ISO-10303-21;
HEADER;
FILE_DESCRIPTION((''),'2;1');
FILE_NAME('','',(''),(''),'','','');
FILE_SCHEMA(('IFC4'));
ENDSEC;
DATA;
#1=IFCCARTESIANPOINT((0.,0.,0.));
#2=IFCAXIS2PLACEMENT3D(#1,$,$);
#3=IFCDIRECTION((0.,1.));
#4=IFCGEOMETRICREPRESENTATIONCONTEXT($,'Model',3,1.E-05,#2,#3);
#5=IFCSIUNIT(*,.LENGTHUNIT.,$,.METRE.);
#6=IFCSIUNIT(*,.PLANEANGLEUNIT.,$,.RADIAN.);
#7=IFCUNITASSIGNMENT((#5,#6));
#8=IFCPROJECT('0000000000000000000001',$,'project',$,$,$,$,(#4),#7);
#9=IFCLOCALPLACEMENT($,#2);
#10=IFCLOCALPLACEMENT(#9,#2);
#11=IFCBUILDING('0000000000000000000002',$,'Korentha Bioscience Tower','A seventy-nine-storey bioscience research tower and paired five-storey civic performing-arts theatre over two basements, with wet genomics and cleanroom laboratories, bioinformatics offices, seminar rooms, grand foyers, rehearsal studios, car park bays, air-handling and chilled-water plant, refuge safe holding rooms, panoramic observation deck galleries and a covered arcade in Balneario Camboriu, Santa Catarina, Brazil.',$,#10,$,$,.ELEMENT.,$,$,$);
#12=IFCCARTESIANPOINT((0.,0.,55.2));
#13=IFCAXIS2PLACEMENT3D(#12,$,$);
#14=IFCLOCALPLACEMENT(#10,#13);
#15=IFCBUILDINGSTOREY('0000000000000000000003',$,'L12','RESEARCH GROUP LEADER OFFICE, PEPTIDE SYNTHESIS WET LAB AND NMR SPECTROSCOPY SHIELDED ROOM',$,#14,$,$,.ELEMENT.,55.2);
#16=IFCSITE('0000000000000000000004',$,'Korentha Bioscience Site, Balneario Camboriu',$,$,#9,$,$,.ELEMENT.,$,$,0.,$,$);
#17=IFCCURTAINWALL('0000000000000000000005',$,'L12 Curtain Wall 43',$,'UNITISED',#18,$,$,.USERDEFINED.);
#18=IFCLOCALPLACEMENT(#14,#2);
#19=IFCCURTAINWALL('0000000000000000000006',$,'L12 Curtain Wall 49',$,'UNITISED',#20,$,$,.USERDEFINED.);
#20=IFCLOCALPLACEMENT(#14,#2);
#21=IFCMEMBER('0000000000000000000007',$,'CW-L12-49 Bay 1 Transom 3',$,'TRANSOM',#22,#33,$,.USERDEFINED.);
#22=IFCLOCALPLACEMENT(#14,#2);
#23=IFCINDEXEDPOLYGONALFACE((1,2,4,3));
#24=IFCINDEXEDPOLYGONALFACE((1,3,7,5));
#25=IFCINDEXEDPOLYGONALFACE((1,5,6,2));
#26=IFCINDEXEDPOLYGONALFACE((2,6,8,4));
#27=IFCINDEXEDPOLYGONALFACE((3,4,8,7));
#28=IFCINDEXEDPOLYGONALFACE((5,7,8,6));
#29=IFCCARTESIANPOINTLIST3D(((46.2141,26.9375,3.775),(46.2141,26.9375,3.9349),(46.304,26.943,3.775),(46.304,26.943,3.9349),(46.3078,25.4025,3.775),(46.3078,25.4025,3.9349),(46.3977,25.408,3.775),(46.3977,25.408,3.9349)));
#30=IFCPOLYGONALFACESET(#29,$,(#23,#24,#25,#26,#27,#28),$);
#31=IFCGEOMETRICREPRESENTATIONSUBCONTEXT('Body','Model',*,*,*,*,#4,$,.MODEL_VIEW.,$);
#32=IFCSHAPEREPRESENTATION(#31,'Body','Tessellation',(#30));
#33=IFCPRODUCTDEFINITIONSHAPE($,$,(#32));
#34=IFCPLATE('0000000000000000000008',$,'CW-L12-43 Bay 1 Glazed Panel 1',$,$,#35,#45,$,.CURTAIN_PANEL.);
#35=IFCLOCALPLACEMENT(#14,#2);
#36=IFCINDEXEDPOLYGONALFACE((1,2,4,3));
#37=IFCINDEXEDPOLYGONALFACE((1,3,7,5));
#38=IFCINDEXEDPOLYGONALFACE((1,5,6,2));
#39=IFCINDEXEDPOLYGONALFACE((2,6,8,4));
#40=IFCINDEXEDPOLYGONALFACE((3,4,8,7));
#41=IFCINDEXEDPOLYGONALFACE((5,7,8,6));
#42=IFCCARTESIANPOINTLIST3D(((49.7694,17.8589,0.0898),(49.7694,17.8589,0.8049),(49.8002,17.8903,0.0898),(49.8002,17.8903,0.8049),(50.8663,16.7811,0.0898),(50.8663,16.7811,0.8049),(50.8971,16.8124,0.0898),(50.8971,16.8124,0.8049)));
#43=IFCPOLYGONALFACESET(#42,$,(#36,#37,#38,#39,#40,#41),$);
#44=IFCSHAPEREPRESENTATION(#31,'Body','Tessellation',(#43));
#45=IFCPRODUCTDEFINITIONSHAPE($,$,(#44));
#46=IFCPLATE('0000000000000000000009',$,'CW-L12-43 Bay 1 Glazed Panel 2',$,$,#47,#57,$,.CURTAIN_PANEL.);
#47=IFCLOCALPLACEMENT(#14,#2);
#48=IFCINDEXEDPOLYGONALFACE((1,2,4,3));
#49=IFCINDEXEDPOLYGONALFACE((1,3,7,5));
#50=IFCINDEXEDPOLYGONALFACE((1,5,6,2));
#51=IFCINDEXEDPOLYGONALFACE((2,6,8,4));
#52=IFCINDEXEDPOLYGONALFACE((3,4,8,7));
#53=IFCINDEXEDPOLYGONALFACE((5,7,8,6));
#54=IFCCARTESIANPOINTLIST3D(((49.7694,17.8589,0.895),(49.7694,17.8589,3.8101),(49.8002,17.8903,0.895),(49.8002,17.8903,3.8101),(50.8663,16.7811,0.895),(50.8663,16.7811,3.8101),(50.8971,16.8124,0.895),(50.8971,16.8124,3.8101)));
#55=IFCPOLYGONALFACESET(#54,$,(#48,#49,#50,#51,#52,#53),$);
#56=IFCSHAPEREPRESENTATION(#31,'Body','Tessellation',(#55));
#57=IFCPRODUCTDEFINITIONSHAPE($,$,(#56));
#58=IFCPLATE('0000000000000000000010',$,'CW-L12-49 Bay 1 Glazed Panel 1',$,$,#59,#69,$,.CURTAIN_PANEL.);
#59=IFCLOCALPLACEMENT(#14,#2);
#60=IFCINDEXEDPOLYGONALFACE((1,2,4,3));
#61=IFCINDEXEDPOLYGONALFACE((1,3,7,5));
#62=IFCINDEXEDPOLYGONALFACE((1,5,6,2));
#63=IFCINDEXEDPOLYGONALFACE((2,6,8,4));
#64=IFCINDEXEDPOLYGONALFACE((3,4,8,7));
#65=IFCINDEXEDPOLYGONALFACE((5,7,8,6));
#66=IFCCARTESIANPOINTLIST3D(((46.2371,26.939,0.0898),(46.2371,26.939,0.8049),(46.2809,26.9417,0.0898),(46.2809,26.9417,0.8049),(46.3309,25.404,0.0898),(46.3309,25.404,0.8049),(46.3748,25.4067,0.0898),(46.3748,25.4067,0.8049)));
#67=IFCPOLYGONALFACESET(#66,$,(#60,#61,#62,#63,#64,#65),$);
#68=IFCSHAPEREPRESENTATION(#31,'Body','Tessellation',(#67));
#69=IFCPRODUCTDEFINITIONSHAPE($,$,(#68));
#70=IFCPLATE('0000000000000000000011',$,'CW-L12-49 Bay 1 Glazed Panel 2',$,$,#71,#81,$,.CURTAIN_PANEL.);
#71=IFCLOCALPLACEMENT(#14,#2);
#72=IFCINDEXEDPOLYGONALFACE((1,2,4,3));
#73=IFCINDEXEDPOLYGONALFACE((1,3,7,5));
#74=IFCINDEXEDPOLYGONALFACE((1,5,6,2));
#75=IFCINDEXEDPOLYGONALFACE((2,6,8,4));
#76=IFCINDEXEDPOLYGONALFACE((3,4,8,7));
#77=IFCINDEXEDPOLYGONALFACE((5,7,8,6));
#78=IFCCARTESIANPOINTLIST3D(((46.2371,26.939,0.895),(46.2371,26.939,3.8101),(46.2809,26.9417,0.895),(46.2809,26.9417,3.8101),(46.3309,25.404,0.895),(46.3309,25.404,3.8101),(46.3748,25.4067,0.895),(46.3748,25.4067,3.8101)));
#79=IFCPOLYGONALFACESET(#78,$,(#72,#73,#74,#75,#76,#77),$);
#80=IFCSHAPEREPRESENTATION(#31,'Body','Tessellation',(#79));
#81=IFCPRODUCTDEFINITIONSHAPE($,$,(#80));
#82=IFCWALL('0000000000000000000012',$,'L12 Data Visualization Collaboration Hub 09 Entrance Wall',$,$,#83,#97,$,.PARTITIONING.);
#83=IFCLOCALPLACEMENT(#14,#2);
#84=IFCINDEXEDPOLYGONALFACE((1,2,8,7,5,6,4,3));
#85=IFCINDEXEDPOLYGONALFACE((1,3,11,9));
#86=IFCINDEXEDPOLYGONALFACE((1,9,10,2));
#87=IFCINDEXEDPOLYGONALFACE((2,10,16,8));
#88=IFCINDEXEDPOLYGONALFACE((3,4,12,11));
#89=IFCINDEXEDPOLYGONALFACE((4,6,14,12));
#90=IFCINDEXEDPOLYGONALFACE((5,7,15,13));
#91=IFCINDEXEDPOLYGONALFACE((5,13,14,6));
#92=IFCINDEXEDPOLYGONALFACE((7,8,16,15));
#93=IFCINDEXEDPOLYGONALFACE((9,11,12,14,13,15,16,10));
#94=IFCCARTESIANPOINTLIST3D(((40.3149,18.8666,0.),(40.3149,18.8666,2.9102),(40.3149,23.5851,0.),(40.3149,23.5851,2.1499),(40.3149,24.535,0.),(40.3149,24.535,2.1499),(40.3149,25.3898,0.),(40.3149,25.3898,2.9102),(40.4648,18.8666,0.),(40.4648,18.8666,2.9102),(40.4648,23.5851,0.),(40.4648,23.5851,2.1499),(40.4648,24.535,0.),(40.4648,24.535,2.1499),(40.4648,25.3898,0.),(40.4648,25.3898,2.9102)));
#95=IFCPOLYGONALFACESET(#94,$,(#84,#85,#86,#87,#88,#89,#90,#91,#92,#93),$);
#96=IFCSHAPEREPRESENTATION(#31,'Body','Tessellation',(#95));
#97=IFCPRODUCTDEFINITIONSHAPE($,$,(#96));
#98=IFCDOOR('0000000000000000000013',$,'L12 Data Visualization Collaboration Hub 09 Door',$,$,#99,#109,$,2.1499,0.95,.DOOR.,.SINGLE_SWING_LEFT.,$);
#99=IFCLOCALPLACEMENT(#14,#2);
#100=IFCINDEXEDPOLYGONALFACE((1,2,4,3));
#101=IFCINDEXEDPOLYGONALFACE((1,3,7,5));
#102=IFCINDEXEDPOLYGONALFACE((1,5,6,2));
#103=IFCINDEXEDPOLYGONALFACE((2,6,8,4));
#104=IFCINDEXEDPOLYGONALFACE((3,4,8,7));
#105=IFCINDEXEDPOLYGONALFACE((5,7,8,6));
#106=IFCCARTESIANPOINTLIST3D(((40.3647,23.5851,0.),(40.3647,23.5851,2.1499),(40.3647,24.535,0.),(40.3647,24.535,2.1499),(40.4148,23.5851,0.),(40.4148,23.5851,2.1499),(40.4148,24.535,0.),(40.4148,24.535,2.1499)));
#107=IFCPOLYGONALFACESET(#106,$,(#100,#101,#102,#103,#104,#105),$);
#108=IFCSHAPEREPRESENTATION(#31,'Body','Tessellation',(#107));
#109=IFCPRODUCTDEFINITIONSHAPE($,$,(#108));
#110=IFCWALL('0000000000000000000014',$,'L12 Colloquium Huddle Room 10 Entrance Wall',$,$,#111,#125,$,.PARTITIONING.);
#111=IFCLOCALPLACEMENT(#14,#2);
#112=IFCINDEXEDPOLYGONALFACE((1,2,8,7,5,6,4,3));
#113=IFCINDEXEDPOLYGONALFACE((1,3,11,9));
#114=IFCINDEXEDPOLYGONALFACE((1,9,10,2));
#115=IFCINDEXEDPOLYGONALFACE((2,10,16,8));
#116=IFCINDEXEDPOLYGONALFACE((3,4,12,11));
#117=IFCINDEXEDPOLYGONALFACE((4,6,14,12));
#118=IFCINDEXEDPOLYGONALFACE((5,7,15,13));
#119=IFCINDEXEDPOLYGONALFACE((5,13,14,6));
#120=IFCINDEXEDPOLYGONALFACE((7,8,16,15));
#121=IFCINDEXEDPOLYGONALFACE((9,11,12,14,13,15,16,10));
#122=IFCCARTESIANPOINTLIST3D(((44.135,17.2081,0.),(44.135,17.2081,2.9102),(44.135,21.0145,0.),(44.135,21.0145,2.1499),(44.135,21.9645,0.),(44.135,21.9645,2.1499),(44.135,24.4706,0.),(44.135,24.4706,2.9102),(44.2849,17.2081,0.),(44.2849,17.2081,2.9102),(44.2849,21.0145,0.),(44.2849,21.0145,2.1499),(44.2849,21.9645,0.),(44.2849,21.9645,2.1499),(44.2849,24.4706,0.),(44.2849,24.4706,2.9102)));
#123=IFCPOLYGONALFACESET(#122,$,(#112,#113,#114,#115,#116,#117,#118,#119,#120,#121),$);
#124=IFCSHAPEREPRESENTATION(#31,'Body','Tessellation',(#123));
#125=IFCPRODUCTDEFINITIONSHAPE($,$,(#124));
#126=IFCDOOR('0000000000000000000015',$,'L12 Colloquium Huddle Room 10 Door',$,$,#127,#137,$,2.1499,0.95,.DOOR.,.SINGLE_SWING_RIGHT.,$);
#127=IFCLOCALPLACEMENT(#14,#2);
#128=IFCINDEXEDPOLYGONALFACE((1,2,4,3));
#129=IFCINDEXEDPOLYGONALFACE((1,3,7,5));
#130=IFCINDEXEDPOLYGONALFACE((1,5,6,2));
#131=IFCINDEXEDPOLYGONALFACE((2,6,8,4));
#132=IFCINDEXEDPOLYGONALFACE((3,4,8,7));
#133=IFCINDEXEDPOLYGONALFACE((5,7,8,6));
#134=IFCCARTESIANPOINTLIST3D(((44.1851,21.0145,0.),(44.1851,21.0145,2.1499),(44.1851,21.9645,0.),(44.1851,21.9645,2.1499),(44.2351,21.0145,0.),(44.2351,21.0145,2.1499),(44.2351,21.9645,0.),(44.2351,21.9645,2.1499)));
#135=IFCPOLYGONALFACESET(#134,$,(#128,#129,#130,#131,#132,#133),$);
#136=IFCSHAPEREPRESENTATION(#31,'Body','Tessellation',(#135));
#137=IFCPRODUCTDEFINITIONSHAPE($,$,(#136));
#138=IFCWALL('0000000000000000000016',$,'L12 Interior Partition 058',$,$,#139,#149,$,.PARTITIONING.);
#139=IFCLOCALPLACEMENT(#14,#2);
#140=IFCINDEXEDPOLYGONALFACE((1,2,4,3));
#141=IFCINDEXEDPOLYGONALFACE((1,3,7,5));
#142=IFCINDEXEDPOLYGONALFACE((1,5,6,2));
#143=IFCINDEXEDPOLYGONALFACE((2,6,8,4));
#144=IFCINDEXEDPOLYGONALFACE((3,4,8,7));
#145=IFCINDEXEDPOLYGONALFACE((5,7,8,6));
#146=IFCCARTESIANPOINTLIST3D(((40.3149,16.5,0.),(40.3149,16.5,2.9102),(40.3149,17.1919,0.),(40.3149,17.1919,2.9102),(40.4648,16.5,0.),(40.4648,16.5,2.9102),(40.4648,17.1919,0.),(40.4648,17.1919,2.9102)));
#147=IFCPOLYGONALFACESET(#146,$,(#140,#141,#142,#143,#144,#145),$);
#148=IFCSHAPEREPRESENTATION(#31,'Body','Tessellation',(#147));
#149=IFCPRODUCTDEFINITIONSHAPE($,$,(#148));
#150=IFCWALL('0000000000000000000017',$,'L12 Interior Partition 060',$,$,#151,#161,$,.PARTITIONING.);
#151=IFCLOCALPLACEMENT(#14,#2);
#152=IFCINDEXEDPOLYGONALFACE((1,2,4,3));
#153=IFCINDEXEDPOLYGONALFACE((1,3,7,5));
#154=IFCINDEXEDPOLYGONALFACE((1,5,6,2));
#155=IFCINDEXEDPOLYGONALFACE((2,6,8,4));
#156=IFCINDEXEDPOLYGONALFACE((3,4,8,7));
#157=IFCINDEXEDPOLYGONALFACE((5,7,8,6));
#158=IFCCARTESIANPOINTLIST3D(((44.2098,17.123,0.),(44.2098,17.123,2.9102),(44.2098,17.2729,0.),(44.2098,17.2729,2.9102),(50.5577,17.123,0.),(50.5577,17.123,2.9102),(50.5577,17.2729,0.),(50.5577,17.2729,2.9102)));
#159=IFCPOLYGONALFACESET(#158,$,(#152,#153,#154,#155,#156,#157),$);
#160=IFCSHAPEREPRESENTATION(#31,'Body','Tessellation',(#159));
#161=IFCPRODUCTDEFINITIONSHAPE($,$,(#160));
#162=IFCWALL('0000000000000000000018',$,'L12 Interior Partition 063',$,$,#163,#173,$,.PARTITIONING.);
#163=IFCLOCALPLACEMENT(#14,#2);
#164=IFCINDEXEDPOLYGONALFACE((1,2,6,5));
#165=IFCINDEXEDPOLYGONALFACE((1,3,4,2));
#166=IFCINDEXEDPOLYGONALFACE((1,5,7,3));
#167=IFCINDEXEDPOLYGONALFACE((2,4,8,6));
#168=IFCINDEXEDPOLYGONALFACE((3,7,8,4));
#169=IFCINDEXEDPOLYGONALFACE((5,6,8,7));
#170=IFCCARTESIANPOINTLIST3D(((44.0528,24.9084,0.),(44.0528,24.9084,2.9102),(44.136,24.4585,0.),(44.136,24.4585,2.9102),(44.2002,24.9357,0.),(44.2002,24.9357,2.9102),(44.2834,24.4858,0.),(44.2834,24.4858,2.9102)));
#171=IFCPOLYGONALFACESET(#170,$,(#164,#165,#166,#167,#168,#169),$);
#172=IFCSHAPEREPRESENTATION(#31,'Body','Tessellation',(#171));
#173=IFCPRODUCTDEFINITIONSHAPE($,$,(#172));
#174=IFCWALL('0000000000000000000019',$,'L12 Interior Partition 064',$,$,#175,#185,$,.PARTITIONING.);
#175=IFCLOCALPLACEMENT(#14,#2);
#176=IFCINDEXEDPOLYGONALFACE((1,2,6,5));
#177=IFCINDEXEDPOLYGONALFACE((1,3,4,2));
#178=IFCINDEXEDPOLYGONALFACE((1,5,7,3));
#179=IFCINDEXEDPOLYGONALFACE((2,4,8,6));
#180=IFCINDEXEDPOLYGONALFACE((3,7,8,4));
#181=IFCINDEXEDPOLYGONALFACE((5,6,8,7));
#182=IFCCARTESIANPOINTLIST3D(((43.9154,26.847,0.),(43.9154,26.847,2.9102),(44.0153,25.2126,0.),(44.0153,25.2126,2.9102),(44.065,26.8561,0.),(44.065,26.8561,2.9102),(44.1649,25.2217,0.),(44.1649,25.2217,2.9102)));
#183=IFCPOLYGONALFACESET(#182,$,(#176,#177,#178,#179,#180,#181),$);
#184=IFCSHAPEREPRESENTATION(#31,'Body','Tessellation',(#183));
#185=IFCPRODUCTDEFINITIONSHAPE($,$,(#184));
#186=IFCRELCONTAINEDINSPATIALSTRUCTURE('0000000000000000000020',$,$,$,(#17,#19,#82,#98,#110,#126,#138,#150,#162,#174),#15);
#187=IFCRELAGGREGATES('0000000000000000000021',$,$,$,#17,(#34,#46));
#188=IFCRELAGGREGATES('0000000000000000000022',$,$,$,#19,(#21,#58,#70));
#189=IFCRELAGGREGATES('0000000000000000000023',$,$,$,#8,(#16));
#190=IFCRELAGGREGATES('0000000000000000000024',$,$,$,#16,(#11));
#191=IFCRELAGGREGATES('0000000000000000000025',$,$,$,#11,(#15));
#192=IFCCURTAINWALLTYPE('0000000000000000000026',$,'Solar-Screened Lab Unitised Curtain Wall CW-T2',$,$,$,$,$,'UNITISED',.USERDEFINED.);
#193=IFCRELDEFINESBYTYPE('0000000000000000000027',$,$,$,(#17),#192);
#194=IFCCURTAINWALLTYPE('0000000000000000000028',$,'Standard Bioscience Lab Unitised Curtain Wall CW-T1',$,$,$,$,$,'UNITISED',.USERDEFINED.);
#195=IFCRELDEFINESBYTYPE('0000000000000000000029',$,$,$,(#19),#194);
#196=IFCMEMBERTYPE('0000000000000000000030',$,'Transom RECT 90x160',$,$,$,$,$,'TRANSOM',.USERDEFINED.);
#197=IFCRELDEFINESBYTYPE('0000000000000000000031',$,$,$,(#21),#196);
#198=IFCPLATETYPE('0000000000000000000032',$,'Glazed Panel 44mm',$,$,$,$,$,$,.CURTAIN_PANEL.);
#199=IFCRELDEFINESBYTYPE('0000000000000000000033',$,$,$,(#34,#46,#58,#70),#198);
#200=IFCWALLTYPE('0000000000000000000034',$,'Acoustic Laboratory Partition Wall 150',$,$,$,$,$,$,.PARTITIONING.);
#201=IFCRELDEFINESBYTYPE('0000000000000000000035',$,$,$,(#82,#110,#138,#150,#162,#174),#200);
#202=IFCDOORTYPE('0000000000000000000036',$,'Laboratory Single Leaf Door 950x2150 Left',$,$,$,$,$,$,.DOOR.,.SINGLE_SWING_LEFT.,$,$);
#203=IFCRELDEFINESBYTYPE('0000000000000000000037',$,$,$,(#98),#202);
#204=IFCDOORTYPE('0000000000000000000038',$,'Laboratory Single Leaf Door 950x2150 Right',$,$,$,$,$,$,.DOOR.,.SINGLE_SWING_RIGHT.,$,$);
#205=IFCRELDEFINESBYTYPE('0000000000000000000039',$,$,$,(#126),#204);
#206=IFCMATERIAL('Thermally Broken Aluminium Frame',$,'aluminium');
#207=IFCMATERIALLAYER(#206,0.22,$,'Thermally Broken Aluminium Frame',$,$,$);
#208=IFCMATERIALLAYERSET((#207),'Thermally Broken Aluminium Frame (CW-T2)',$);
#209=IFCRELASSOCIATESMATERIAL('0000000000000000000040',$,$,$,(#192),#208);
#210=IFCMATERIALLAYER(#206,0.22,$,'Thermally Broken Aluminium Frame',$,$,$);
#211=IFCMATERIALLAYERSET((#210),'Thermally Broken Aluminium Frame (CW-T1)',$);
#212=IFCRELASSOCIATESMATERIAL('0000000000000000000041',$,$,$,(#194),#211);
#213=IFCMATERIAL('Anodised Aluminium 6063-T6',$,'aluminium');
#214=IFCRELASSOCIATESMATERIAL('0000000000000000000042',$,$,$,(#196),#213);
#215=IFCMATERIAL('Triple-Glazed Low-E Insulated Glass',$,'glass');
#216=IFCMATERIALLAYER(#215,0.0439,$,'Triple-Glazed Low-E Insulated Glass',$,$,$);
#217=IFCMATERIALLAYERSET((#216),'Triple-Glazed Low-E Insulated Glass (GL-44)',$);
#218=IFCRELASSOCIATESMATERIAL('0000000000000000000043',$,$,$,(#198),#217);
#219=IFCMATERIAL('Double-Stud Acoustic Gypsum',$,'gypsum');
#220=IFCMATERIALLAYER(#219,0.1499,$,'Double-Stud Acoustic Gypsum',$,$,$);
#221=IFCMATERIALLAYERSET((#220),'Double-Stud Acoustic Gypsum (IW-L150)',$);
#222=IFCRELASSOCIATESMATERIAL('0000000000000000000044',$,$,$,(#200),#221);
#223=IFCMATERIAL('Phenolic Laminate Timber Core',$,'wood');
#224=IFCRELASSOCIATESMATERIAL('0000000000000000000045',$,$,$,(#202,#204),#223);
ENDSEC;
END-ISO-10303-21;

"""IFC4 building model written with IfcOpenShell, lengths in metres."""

from ifc_helpers import new_model, si_unit, direction, frame, frame_2d, origin, origin_2d, place, context, subcontext, project, spatial, rectangle, extrude, material, layer, layer_set, material_profile, profile_set, type_object, element, fill, aggregate, save


model = new_model("IFC4")

# Units and contexts
model_context = context("Model", 3, precision=1e-05, world=origin(), true_north=direction((0.0, 1.0)))
body_context = subcontext(model_context, "Body", "Model", "MODEL_VIEW")
ifc_project = project(units=[si_unit("LENGTHUNIT", "METRE"), si_unit("PLANEANGLEUNIT", "RADIAN")], contexts=[model_context])

# Site, building, storey
site_placement = place(None, origin())
site = spatial("IfcSite", under=ifc_project, at=site_placement, Name="Korentha Bioscience Site, Balneario Camboriu", CompositionType="ELEMENT", RefElevation=0.0)
building_placement = place(site_placement, origin())
building = spatial("IfcBuilding", under=site, at=building_placement, Name="Korentha Bioscience Tower", Description="A seventy-nine-storey bioscience research tower and paired five-storey civic performing-arts theatre over two basements, with wet genomics and cleanroom laboratories, bioinformatics offices, seminar rooms, grand foyers, rehearsal studios, car park bays, air-handling and chilled-water plant, refuge safe holding rooms, panoramic observation deck galleries and a covered arcade in Balneario Camboriu, Santa Catarina, Brazil.", CompositionType="ELEMENT")
storey_placement = place(building_placement, frame((0.0, 0.0, 55.2)))
storey = spatial("IfcBuildingStorey", under=building, at=storey_placement, Name="L12", Description="RESEARCH GROUP LEADER OFFICE, PEPTIDE SYNTHESIS WET LAB AND NMR SPECTROSCOPY SHIELDED ROOM", CompositionType="ELEMENT", Elevation=55.2)

# Curtain wall
ifc_material_1 = material(Name="Thermally Broken Aluminium Frame", Category="aluminium")
ifc_layer_1 = layer(ifc_material_1, 0.22, Name="Thermally Broken Aluminium Frame")
ifc_layer_set_1 = layer_set([ifc_layer_1], Name="Thermally Broken Aluminium Frame (CW-T2)")
curtain_wall_type_1 = type_object("IfcCurtainWallType", Name="Solar-Screened Lab Unitised Curtain Wall CW-T2", ElementType="UNITISED", PredefinedType="USERDEFINED", material=ifc_layer_set_1)
curtain_wall_1_placement = place(storey_placement, origin())
curtain_wall_1 = element("IfcCurtainWall", 1, at=curtain_wall_1_placement, inside=storey, type_object=curtain_wall_type_1, Name="L12 Curtain Wall 43", ObjectType="UNITISED", PredefinedType="USERDEFINED")
ifc_material_2 = material(Name="Anodised Aluminium 6063-T6", Category="aluminium")

# Curtain wall
ifc_layer_2 = layer(ifc_material_1, 0.22, Name="Thermally Broken Aluminium Frame")
ifc_layer_set_2 = layer_set([ifc_layer_2], Name="Thermally Broken Aluminium Frame (CW-T1)")
curtain_wall_type_2 = type_object("IfcCurtainWallType", Name="Standard Bioscience Lab Unitised Curtain Wall CW-T1", ElementType="UNITISED", PredefinedType="USERDEFINED", material=ifc_layer_set_2)
curtain_wall_2_placement = place(storey_placement, origin())
curtain_wall_2 = element("IfcCurtainWall", 2, at=curtain_wall_2_placement, inside=storey, type_object=curtain_wall_type_2, Name="L12 Curtain Wall 49", ObjectType="UNITISED", PredefinedType="USERDEFINED")

# Member
ifc_material_profile_1 = material_profile(ifc_material_2, rectangle(XDim=0.0901, YDim=0.1599, at=origin_2d()), Name="Anodised Aluminium 6063-T6")
ifc_profile_set_1 = profile_set([ifc_material_profile_1], Name="Anodised Aluminium 6063-T6 (CW-TRN)")
member_type_1 = type_object("IfcMemberType", Name="Transom RECT 90x160", ElementType="TRANSOM", PredefinedType="USERDEFINED", material=ifc_profile_set_1)
member_1_placement = place(storey_placement, frame((46.3528, 25.4053, 3.855), z_axis=(-0.060965, 0.99814, 0.0), x_axis=(-0.99814, -0.060965, 0.0)))
member_1 = element("IfcMember", 3, at=member_1_placement, type_object=member_type_1, Name="CW-L12-49 Bay 1 Transom 3", ObjectType="TRANSOM", PredefinedType="USERDEFINED", context=body_context, shape_type="SweptSolid", body=[
    extrude(rectangle(XDim=0.0901, YDim=0.1599, at=origin_2d()), origin(), (0.0, 0.0, 1.0), 1.5378),
])

# Plates
ifc_material_3 = material(Name="Triple-Glazed Low-E Insulated Glass", Category="glass")
ifc_layer_3 = layer(ifc_material_3, 0.0439, Name="Triple-Glazed Low-E Insulated Glass")
ifc_layer_set_3 = layer_set([ifc_layer_3], Name="Triple-Glazed Low-E Insulated Glass (GL-44)")
plate_type = type_object("IfcPlateType", Name="Glazed Panel 44mm", PredefinedType="CURTAIN_PANEL", material=ifc_layer_set_3)
plate_1_placement = place(storey_placement, frame((50.3333, 17.3357, 0.0898), z_axis=(0.0, 0.0, 1.0), x_axis=(-0.713279, 0.70088, 0.0)))
plate_1 = element("IfcPlate", 4, at=plate_1_placement, type_object=plate_type, Name="CW-L12-43 Bay 1 Glazed Panel 1", PredefinedType="CURTAIN_PANEL", context=body_context, shape_type="SweptSolid", body=[
    extrude(rectangle(XDim=1.5378, YDim=0.0439, at=origin_2d()), origin(), (0.0, 0.0, 1.0), 0.7151),
])
plate_2_placement = place(storey_placement, frame((50.3333, 17.3357, 0.895), z_axis=(0.0, 0.0, 1.0), x_axis=(-0.713279, 0.70088, 0.0)))
plate_2 = element("IfcPlate", 5, at=plate_2_placement, type_object=plate_type, Name="CW-L12-43 Bay 1 Glazed Panel 2", PredefinedType="CURTAIN_PANEL", context=body_context, shape_type="SweptSolid", body=[
    extrude(rectangle(XDim=1.5378, YDim=0.0439, at=origin_2d()), origin(), (0.0, 0.0, 1.0), 2.915),
])
aggregate(curtain_wall_1, [plate_1, plate_2])
plate_3_placement = place(storey_placement, frame((46.3059, 26.1729, 0.0898), z_axis=(0.0, 0.0, 1.0), x_axis=(-0.061008, 0.998137, 0.0)))
plate_3 = element("IfcPlate", 6, at=plate_3_placement, type_object=plate_type, Name="CW-L12-49 Bay 1 Glazed Panel 1", PredefinedType="CURTAIN_PANEL", context=body_context, shape_type="SweptSolid", body=[
    extrude(rectangle(XDim=1.5378, YDim=0.0439, at=origin_2d()), origin(), (0.0, 0.0, 1.0), 0.7151),
])
plate_4_placement = place(storey_placement, frame((46.3059, 26.1729, 0.895), z_axis=(0.0, 0.0, 1.0), x_axis=(-0.061008, 0.998137, 0.0)))
plate_4 = element("IfcPlate", 7, at=plate_4_placement, type_object=plate_type, Name="CW-L12-49 Bay 1 Glazed Panel 2", PredefinedType="CURTAIN_PANEL", context=body_context, shape_type="SweptSolid", body=[
    extrude(rectangle(XDim=1.5378, YDim=0.0439, at=origin_2d()), origin(), (0.0, 0.0, 1.0), 2.915),
])
aggregate(curtain_wall_2, [member_1, plate_3, plate_4])

# Walls, openings, doors
ifc_material_4 = material(Name="Double-Stud Acoustic Gypsum", Category="gypsum")
ifc_layer_4 = layer(ifc_material_4, 0.1499, Name="Double-Stud Acoustic Gypsum")
ifc_layer_set_4 = layer_set([ifc_layer_4], Name="Double-Stud Acoustic Gypsum (IW-L150)")
wall_type_1 = type_object("IfcWallType", Name="Acoustic Laboratory Partition Wall 150", PredefinedType="PARTITIONING", material=ifc_layer_set_4)
wall_1_placement = place(storey_placement, frame((40.3899, 25.3899, 0.0), z_axis=(0.0, 0.0, 1.0), x_axis=(0.0, -1.0, 0.0)))
wall_1 = element("IfcWall", 8, at=wall_1_placement, inside=storey, type_object=wall_type_1, Name="L12 Data Visualization Collaboration Hub 09 Entrance Wall", PredefinedType="PARTITIONING", context=body_context, shape_type="SweptSolid", body=[
    extrude(rectangle(XDim=6.5232, YDim=0.1499, at=frame_2d((3.2617, 0.0))), origin(), (0.0, 0.0, 1.0), 2.9102),
])
opening_1_placement = place(wall_1_placement, frame((0.8547, 0.0, 0.0)))
opening_1 = element("IfcOpeningElement", 9, at=opening_1_placement, cuts=wall_1, PredefinedType="OPENING", context=body_context, shape_type="SweptSolid", body=[
    extrude(rectangle(XDim=0.95, YDim=2.1499, at=frame_2d((0.4751, 1.075))), frame((0.0, 0.0898, 0.0), z_axis=(0.0, -1.0, 0.0), x_axis=(1.0, 0.0, 0.0)), (0.0, 0.0, 1.0), 0.1797),
])
ifc_material_5 = material(Name="Phenolic Laminate Timber Core", Category="wood")
door_type_1 = type_object("IfcDoorType", Name="Laboratory Single Leaf Door 950x2150 Left", OperationType="SINGLE_SWING_LEFT", PredefinedType="DOOR", material=ifc_material_5)
door_1_placement = place(opening_1_placement, origin())
door_1 = element("IfcDoor", 10, at=door_1_placement, inside=storey, type_object=door_type_1, Name="L12 Data Visualization Collaboration Hub 09 Door", OperationType="SINGLE_SWING_LEFT", OverallHeight=2.1499, OverallWidth=0.95, PredefinedType="DOOR", context=body_context, shape_type="SweptSolid", body=[
    extrude(rectangle(XDim=0.95, YDim=2.1499, at=frame_2d((0.4751, 1.075))), frame((0.0, 0.0249, 0.0), z_axis=(0.0, -1.0, 0.0), x_axis=(1.0, 0.0, 0.0)), (0.0, 0.0, 1.0), 0.05),
])
fill(opening_1, door_1)
wall_2_placement = place(storey_placement, frame((44.21, 17.208, 0.0), z_axis=(0.0, 0.0, 1.0), x_axis=(0.0, 1.0, 0.0)))
wall_2 = element("IfcWall", 11, at=wall_2_placement, inside=storey, type_object=wall_type_1, Name="L12 Colloquium Huddle Room 10 Entrance Wall", PredefinedType="PARTITIONING", context=body_context, shape_type="SweptSolid", body=[
    extrude(rectangle(XDim=7.2625, YDim=0.1499, at=frame_2d((3.6313, 0.0))), origin(), (0.0, 0.0, 1.0), 2.9102),
])
opening_2_placement = place(wall_2_placement, frame((3.8064, 0.0, 0.0)))
opening_2 = element("IfcOpeningElement", 12, at=opening_2_placement, cuts=wall_2, PredefinedType="OPENING", context=body_context, shape_type="SweptSolid", body=[
    extrude(rectangle(XDim=0.95, YDim=2.1499, at=frame_2d((0.4751, 1.075))), frame((0.0, 0.0898, 0.0), z_axis=(0.0, -1.0, 0.0), x_axis=(1.0, 0.0, 0.0)), (0.0, 0.0, 1.0), 0.1797),
])
door_type_2 = type_object("IfcDoorType", Name="Laboratory Single Leaf Door 950x2150 Right", OperationType="SINGLE_SWING_RIGHT", PredefinedType="DOOR", material=ifc_material_5)
door_2_placement = place(opening_2_placement, origin())
door_2 = element("IfcDoor", 13, at=door_2_placement, inside=storey, type_object=door_type_2, Name="L12 Colloquium Huddle Room 10 Door", OperationType="SINGLE_SWING_RIGHT", OverallHeight=2.1499, OverallWidth=0.95, PredefinedType="DOOR", context=body_context, shape_type="SweptSolid", body=[
    extrude(rectangle(XDim=0.95, YDim=2.1499, at=frame_2d((0.4751, 1.075))), frame((0.0, 0.0249, 0.0), z_axis=(0.0, -1.0, 0.0), x_axis=(1.0, 0.0, 0.0)), (0.0, 0.0, 1.0), 0.05),
])
fill(opening_2, door_2)

# Walls
wall_3_placement = place(storey_placement, frame((40.3899, 17.1919, 0.0), z_axis=(0.0, 0.0, 1.0), x_axis=(0.0, -1.0, 0.0)))
element("IfcWall", 14, at=wall_3_placement, inside=storey, type_object=wall_type_1, Name="L12 Interior Partition 058", PredefinedType="PARTITIONING", context=body_context, shape_type="SweptSolid", body=[
    extrude(rectangle(XDim=0.6919, YDim=0.1499, at=frame_2d((0.3459, 0.0))), origin(), (0.0, 0.0, 1.0), 2.9102),
])
wall_4_placement = place(storey_placement, frame((44.21, 17.198, 0.0), z_axis=(0.0, 0.0, 1.0), x_axis=(1.0, 0.0, 0.0)))
element("IfcWall", 15, at=wall_4_placement, inside=storey, type_object=wall_type_1, Name="L12 Interior Partition 060", PredefinedType="PARTITIONING", context=body_context, shape_type="SweptSolid", body=[
    extrude(rectangle(XDim=6.3479, YDim=0.1499, at=frame_2d((3.1738, 0.0))), origin(), (0.0, 0.0, 1.0), 2.9102),
])
wall_5_placement = place(storey_placement, frame((44.2097, 24.4722, 0.0), z_axis=(0.0, 0.0, 1.0), x_axis=(-0.181936, 0.98331, 0.0)))
element("IfcWall", 16, at=wall_5_placement, inside=storey, type_object=wall_type_1, Name="L12 Interior Partition 063", PredefinedType="PARTITIONING", context=body_context, shape_type="SweptSolid", body=[
    extrude(rectangle(XDim=0.4575, YDim=0.1499, at=frame_2d((0.2288, 0.0))), origin(), (0.0, 0.0, 1.0), 2.9102),
])
wall_6_placement = place(storey_placement, frame((44.0901, 25.217, 0.0), z_axis=(0.0, 0.0, 1.0), x_axis=(-0.060977, 0.998139, 0.0)))
element("IfcWall", 17, at=wall_6_placement, inside=storey, type_object=wall_type_1, Name="L12 Interior Partition 064", PredefinedType="PARTITIONING", context=body_context, shape_type="SweptSolid", body=[
    extrude(rectangle(XDim=1.6375, YDim=0.1499, at=frame_2d((0.8188, 0.0))), origin(), (0.0, 0.0, 1.0), 2.9102),
])

save(model, "model.ifc")
